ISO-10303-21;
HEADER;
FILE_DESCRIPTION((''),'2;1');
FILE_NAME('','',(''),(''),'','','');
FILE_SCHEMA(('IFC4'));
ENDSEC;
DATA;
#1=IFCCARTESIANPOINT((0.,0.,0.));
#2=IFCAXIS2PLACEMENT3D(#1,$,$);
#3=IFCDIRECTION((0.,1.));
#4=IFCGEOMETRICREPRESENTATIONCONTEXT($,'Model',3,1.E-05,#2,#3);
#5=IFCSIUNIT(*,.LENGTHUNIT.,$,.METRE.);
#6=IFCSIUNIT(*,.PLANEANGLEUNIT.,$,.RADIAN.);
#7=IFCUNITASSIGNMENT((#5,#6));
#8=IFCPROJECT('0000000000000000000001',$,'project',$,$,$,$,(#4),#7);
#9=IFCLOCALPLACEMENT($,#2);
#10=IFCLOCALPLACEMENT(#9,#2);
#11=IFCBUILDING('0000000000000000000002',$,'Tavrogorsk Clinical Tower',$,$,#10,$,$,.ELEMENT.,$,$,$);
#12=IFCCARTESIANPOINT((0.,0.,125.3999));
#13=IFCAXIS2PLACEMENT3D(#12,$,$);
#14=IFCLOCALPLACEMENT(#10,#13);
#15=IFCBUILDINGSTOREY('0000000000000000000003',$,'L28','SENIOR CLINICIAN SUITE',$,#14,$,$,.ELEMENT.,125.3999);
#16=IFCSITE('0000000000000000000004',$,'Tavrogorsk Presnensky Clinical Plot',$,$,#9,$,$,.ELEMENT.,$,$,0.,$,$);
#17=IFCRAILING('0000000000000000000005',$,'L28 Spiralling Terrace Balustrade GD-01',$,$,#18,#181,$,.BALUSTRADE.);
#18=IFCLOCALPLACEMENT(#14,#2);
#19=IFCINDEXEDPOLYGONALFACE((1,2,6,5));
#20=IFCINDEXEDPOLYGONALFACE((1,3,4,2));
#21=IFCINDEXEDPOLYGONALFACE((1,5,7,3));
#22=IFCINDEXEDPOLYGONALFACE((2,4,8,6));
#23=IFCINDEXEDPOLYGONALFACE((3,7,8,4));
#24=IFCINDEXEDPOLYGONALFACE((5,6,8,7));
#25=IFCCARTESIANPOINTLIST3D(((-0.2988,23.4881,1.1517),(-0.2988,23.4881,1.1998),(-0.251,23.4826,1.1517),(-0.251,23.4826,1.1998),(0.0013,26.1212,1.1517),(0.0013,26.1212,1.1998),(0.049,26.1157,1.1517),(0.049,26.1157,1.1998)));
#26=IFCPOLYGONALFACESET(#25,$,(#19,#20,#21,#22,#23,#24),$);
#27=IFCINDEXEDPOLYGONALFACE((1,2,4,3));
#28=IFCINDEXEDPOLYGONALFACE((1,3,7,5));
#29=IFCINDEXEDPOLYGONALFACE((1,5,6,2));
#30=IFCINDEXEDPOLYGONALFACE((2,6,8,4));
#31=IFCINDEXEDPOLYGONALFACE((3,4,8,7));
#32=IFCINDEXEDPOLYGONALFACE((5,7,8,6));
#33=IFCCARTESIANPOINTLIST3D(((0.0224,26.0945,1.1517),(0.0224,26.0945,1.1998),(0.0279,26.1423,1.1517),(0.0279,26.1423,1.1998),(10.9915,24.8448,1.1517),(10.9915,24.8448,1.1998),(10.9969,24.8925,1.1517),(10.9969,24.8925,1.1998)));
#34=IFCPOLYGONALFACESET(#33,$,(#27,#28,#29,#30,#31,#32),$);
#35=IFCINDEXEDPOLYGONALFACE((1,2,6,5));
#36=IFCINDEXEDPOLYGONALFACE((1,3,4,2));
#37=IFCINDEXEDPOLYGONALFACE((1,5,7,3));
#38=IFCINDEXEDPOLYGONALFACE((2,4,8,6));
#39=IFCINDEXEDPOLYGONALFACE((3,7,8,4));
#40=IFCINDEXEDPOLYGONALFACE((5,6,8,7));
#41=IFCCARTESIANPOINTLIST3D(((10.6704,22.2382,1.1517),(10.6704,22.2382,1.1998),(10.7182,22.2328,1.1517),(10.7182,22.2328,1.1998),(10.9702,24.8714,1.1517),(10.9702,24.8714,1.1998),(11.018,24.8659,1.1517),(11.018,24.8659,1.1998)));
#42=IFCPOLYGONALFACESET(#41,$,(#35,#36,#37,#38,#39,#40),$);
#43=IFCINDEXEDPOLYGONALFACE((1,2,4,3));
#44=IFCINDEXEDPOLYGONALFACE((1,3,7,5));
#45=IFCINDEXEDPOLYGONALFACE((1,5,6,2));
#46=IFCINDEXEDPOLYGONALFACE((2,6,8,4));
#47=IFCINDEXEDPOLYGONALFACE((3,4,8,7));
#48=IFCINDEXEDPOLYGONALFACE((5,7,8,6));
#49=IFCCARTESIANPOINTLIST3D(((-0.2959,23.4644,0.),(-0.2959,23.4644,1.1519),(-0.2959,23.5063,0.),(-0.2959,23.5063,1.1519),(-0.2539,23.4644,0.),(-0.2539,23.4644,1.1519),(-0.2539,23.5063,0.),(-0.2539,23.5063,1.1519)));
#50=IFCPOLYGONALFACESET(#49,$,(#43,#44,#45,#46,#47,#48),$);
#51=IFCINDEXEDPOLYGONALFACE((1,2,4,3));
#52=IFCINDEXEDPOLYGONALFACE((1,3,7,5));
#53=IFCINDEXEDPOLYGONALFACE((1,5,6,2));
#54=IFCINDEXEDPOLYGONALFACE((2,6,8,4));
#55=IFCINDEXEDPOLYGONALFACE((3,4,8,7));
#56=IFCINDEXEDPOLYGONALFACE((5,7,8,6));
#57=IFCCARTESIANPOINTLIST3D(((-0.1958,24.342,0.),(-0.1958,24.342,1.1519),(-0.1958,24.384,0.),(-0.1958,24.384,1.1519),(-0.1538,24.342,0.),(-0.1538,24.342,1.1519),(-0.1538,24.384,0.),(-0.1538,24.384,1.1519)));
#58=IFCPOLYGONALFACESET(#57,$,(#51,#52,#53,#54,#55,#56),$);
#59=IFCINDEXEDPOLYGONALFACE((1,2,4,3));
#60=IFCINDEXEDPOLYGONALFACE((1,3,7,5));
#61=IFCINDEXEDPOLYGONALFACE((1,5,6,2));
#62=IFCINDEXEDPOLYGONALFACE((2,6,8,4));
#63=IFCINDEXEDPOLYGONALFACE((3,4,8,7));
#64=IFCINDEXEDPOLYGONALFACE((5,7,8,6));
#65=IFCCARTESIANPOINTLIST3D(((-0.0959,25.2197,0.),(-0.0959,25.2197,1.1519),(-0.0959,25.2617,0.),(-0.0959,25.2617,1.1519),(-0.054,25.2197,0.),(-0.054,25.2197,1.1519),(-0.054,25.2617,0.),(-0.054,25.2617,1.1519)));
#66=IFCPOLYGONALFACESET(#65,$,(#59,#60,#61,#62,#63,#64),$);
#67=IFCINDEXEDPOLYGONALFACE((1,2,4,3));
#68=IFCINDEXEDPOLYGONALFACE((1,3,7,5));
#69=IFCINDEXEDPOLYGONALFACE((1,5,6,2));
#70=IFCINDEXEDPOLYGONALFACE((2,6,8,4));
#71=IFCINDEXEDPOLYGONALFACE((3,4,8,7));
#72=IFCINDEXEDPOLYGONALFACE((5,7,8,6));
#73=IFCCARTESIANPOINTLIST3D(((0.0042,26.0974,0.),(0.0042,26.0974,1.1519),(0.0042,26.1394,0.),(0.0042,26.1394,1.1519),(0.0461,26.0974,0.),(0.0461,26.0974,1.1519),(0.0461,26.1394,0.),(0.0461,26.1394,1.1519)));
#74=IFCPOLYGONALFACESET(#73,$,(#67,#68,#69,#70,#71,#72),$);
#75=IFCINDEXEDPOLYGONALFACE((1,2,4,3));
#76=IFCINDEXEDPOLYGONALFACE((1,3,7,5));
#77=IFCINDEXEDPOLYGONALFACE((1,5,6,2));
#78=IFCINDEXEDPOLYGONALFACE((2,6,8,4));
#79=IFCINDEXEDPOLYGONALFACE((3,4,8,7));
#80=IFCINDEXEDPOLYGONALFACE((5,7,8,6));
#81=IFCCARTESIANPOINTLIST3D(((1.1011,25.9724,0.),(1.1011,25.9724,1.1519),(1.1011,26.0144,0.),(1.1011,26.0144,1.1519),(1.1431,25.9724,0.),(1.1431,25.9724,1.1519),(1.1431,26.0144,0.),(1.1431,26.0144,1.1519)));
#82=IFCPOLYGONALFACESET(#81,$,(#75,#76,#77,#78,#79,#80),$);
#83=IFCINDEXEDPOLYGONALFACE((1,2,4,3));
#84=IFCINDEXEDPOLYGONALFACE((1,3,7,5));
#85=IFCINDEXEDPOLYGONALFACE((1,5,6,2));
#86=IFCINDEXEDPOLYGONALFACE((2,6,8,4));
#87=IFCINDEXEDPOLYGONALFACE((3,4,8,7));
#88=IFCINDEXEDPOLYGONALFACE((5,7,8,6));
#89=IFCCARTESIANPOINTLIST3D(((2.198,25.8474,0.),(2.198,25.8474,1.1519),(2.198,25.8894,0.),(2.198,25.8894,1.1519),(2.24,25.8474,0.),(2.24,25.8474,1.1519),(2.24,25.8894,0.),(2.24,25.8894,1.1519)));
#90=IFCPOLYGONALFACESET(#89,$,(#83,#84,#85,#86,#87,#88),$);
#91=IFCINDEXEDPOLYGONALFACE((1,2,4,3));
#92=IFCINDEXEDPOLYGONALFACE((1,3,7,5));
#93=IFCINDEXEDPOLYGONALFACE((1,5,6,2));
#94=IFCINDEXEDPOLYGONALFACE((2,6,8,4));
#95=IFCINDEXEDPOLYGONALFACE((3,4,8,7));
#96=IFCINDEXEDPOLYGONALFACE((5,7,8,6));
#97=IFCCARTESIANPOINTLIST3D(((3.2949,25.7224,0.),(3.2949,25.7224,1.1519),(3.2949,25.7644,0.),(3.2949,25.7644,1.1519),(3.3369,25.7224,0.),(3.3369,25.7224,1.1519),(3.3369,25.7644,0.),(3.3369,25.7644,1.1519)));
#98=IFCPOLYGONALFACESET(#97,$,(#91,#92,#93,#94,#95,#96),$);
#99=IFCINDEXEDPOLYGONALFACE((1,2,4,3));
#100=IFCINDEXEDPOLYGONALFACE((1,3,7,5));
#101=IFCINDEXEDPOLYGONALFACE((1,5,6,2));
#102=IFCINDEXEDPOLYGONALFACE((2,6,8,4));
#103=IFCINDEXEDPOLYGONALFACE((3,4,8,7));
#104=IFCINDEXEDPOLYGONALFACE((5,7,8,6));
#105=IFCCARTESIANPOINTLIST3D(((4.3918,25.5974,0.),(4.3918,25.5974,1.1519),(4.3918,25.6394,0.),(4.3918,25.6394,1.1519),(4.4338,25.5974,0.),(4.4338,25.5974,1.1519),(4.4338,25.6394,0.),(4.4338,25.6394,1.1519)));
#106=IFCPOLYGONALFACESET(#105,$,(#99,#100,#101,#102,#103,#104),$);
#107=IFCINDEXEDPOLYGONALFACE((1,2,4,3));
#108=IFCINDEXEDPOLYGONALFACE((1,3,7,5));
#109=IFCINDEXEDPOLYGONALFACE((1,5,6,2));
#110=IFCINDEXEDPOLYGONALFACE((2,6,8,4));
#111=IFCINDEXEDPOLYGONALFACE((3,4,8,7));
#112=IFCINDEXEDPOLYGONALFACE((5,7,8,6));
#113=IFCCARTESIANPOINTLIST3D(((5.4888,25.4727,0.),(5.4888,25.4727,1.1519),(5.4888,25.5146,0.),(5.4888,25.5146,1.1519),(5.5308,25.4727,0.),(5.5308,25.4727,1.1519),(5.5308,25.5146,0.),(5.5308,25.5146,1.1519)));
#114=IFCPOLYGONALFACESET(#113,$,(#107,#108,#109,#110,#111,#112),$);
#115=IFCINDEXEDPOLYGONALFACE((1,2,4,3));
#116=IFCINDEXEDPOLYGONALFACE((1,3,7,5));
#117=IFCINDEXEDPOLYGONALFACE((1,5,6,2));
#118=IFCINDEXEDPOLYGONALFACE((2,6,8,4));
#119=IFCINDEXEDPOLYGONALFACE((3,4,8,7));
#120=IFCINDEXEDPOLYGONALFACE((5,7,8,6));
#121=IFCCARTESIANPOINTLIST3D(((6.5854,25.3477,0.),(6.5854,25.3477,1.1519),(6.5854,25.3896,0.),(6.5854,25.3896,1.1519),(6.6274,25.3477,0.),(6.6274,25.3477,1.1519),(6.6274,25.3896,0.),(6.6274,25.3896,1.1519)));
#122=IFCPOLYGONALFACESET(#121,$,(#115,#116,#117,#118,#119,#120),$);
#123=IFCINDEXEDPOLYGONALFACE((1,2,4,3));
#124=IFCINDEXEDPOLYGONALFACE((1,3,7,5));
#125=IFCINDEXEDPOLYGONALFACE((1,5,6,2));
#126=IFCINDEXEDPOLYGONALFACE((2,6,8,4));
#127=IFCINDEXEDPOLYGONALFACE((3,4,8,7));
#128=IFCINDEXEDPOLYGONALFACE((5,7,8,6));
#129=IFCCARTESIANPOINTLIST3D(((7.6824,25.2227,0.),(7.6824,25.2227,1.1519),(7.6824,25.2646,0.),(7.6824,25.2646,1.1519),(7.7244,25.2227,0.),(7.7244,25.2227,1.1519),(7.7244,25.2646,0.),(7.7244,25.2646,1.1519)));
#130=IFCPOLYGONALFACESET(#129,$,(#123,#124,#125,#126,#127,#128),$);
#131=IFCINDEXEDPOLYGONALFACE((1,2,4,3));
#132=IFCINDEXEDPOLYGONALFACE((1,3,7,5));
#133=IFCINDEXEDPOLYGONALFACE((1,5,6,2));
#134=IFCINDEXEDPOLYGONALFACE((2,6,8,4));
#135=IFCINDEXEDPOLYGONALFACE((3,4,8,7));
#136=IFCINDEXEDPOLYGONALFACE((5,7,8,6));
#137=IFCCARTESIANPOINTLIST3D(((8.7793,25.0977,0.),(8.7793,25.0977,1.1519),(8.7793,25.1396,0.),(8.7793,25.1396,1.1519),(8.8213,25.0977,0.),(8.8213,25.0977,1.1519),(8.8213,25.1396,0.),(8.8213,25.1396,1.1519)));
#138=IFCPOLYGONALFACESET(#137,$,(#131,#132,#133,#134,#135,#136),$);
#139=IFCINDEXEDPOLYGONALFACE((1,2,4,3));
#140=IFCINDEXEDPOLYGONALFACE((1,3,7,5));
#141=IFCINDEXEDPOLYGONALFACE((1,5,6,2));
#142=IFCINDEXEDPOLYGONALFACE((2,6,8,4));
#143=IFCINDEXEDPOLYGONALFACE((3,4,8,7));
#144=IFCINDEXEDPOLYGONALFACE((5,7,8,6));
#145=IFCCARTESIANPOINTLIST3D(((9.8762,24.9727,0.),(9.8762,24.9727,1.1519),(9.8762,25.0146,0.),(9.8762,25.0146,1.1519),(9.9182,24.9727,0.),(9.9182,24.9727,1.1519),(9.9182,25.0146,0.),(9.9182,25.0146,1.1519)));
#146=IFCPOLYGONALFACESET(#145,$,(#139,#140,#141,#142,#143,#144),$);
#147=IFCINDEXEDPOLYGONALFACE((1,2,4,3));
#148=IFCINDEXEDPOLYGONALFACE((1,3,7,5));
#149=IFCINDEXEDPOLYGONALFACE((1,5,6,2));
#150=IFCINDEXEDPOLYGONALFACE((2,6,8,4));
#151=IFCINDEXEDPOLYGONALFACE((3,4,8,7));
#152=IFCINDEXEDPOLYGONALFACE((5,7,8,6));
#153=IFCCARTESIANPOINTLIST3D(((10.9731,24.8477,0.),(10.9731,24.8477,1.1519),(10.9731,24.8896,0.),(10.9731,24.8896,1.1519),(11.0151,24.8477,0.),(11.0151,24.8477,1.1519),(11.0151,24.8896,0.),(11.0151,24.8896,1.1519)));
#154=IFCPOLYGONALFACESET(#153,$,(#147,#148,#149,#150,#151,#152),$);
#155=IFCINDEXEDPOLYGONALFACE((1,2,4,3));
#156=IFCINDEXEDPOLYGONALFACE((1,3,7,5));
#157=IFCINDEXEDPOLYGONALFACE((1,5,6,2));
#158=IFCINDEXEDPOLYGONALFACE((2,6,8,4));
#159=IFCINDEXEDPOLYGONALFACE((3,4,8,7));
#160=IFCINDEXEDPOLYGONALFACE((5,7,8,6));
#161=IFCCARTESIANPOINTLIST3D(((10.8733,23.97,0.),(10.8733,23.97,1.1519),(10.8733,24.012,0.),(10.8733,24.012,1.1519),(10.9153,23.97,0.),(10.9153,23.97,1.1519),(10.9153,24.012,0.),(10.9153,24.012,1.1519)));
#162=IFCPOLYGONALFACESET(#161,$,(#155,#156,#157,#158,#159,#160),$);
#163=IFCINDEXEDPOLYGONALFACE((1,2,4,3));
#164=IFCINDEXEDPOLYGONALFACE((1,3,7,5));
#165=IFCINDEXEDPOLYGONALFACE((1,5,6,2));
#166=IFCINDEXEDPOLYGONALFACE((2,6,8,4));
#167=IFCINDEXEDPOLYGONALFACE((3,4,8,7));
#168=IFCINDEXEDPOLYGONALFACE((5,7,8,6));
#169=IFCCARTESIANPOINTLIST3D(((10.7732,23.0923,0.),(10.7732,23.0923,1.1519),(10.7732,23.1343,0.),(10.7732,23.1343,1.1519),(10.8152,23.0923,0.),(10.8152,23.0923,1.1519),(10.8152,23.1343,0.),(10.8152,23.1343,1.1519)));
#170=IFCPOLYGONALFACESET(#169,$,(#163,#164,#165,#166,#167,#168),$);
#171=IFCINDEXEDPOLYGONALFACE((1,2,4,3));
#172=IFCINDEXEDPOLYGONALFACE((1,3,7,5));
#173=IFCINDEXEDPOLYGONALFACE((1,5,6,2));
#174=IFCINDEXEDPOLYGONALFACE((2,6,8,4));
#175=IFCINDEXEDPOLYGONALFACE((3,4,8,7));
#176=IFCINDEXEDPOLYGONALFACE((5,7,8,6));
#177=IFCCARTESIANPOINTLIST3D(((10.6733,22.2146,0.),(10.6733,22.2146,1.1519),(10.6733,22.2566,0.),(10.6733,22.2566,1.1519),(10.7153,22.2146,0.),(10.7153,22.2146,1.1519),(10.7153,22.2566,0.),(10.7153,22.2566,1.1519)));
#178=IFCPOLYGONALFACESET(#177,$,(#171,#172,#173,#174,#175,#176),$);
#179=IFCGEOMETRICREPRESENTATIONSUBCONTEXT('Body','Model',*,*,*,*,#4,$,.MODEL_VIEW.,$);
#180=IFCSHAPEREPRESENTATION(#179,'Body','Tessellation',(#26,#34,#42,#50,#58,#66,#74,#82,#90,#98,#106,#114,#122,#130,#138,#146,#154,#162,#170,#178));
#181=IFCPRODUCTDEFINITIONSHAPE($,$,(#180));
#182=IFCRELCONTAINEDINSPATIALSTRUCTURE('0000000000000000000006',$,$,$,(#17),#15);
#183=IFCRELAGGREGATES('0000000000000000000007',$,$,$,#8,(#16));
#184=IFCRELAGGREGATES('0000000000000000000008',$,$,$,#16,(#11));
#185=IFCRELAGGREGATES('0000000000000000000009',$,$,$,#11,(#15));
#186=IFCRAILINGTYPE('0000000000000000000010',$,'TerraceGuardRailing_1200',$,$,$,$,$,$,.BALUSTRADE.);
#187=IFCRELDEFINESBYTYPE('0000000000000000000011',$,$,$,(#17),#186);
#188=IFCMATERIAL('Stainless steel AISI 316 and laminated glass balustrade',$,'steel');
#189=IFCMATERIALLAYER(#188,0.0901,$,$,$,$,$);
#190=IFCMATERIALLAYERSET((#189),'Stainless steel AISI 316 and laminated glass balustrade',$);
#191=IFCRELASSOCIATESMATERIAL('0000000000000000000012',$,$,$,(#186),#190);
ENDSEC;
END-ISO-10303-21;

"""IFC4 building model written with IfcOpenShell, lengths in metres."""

from ifc_helpers import new_model, si_unit, direction, frame, origin, origin_2d, place, context, subcontext, project, spatial, rectangle, extrude, material, layer, layer_set, type_object, element, save


model = new_model("IFC4")

# Units and contexts
model_context = context("Model", 3, precision=1e-05, world=origin(), true_north=direction((0.0, 1.0)))
body_context = subcontext(model_context, "Body", "Model", "MODEL_VIEW")
ifc_project = project(units=[si_unit("LENGTHUNIT", "METRE"), si_unit("PLANEANGLEUNIT", "RADIAN")], contexts=[model_context])

# Site, building, storey
site_placement = place(None, origin())
site = spatial("IfcSite", under=ifc_project, at=site_placement, Name="Tavrogorsk Presnensky Clinical Plot", CompositionType="ELEMENT", RefElevation=0.0)
building_placement = place(site_placement, origin())
building = spatial("IfcBuilding", under=site, at=building_placement, Name="Tavrogorsk Clinical Tower", CompositionType="ELEMENT")
storey_placement = place(building_placement, frame((0.0, 0.0, 125.3999)))
storey = spatial("IfcBuildingStorey", under=building, at=storey_placement, Name="L28", Description="SENIOR CLINICIAN SUITE", CompositionType="ELEMENT", Elevation=125.3999)

# Railing
ifc_material_1 = material(Name="Stainless steel AISI 316 and laminated glass balustrade", Category="steel")
ifc_layer_1 = layer(ifc_material_1, 0.0901)
ifc_layer_set_1 = layer_set([ifc_layer_1], Name="Stainless steel AISI 316 and laminated glass balustrade")
railing_type = type_object("IfcRailingType", Name="TerraceGuardRailing_1200", PredefinedType="BALUSTRADE", material=ifc_layer_set_1)
railing_placement = place(storey_placement, frame((-0.2749, 23.4854, 0.0)))
element("IfcRailing", 1, at=railing_placement, inside=storey, type_object=railing_type, Name="L28 Spiralling Terrace Balustrade GD-01", PredefinedType="BALUSTRADE", context=body_context, shape_type="SweptSolid", body=[
    extrude(rectangle(XDim=0.0481, YDim=0.0481, at=origin_2d()), frame((0.0, 0.0, 1.1758), z_axis=(0.113222, 0.99357, 0.0), x_axis=(-0.99357, 0.113222, 0.0)), (0.0, 0.0, 1.0), 2.6501),
    extrude(rectangle(XDim=0.0481, YDim=0.0481, at=origin_2d()), frame((0.3, 2.6331, 1.1758), z_axis=(0.993572, -0.113203, 0.0), x_axis=(0.113203, 0.993572, 0.0)), (0.0, 0.0, 1.0), 11.04),
    extrude(rectangle(XDim=0.0481, YDim=0.0481, at=origin_2d()), frame((11.269, 1.3833, 1.1758), z_axis=(-0.113131, -0.99358, 0.0), x_axis=(0.99358, -0.113131, 0.0)), (0.0, 0.0, 1.0), 2.6501),
    extrude(rectangle(XDim=0.042, YDim=0.042, at=origin_2d()), origin(), (0.0, 0.0, 1.0), 1.1519),
    extrude(rectangle(XDim=0.042, YDim=0.042, at=origin_2d()), frame((0.1001, 0.8777, 0.0)), (0.0, 0.0, 1.0), 1.1519),
    extrude(rectangle(XDim=0.042, YDim=0.042, at=origin_2d()), frame((0.2, 1.7554, 0.0)), (0.0, 0.0, 1.0), 1.1519),
    extrude(rectangle(XDim=0.042, YDim=0.042, at=origin_2d()), frame((0.3, 2.6331, 0.0)), (0.0, 0.0, 1.0), 1.1519),
    extrude(rectangle(XDim=0.042, YDim=0.042, at=origin_2d()), frame((1.397, 2.5081, 0.0)), (0.0, 0.0, 1.0), 1.1519),
    extrude(rectangle(XDim=0.042, YDim=0.042, at=origin_2d()), frame((2.4939, 2.3831, 0.0)), (0.0, 0.0, 1.0), 1.1519),
    extrude(rectangle(XDim=0.042, YDim=0.042, at=origin_2d()), frame((3.5908, 2.2581, 0.0)), (0.0, 0.0, 1.0), 1.1519),
    extrude(rectangle(XDim=0.042, YDim=0.042, at=origin_2d()), frame((4.6877, 2.1331, 0.0)), (0.0, 0.0, 1.0), 1.1519),
    extrude(rectangle(XDim=0.042, YDim=0.042, at=origin_2d()), frame((5.7847, 2.0083, 0.0)), (0.0, 0.0, 1.0), 1.1519),
    extrude(rectangle(XDim=0.042, YDim=0.042, at=origin_2d()), frame((6.8813, 1.8833, 0.0)), (0.0, 0.0, 1.0), 1.1519),
    extrude(rectangle(XDim=0.042, YDim=0.042, at=origin_2d()), frame((7.9783, 1.7583, 0.0)), (0.0, 0.0, 1.0), 1.1519),
    extrude(rectangle(XDim=0.042, YDim=0.042, at=origin_2d()), frame((9.0752, 1.6333, 0.0)), (0.0, 0.0, 1.0), 1.1519),
    extrude(rectangle(XDim=0.042, YDim=0.042, at=origin_2d()), frame((10.1721, 1.5083, 0.0)), (0.0, 0.0, 1.0), 1.1519),
    extrude(rectangle(XDim=0.042, YDim=0.042, at=origin_2d()), frame((11.269, 1.3833, 0.0)), (0.0, 0.0, 1.0), 1.1519),
    extrude(rectangle(XDim=0.042, YDim=0.042, at=origin_2d()), frame((11.1692, 0.5056, 0.0)), (0.0, 0.0, 1.0), 1.1519),
    extrude(rectangle(XDim=0.042, YDim=0.042, at=origin_2d()), frame((11.0691, -0.3721, 0.0)), (0.0, 0.0, 1.0), 1.1519),
    extrude(rectangle(XDim=0.042, YDim=0.042, at=origin_2d()), frame((10.9692, -1.2498, 0.0)), (0.0, 0.0, 1.0), 1.1519),
])

save(model, "model.ifc")
